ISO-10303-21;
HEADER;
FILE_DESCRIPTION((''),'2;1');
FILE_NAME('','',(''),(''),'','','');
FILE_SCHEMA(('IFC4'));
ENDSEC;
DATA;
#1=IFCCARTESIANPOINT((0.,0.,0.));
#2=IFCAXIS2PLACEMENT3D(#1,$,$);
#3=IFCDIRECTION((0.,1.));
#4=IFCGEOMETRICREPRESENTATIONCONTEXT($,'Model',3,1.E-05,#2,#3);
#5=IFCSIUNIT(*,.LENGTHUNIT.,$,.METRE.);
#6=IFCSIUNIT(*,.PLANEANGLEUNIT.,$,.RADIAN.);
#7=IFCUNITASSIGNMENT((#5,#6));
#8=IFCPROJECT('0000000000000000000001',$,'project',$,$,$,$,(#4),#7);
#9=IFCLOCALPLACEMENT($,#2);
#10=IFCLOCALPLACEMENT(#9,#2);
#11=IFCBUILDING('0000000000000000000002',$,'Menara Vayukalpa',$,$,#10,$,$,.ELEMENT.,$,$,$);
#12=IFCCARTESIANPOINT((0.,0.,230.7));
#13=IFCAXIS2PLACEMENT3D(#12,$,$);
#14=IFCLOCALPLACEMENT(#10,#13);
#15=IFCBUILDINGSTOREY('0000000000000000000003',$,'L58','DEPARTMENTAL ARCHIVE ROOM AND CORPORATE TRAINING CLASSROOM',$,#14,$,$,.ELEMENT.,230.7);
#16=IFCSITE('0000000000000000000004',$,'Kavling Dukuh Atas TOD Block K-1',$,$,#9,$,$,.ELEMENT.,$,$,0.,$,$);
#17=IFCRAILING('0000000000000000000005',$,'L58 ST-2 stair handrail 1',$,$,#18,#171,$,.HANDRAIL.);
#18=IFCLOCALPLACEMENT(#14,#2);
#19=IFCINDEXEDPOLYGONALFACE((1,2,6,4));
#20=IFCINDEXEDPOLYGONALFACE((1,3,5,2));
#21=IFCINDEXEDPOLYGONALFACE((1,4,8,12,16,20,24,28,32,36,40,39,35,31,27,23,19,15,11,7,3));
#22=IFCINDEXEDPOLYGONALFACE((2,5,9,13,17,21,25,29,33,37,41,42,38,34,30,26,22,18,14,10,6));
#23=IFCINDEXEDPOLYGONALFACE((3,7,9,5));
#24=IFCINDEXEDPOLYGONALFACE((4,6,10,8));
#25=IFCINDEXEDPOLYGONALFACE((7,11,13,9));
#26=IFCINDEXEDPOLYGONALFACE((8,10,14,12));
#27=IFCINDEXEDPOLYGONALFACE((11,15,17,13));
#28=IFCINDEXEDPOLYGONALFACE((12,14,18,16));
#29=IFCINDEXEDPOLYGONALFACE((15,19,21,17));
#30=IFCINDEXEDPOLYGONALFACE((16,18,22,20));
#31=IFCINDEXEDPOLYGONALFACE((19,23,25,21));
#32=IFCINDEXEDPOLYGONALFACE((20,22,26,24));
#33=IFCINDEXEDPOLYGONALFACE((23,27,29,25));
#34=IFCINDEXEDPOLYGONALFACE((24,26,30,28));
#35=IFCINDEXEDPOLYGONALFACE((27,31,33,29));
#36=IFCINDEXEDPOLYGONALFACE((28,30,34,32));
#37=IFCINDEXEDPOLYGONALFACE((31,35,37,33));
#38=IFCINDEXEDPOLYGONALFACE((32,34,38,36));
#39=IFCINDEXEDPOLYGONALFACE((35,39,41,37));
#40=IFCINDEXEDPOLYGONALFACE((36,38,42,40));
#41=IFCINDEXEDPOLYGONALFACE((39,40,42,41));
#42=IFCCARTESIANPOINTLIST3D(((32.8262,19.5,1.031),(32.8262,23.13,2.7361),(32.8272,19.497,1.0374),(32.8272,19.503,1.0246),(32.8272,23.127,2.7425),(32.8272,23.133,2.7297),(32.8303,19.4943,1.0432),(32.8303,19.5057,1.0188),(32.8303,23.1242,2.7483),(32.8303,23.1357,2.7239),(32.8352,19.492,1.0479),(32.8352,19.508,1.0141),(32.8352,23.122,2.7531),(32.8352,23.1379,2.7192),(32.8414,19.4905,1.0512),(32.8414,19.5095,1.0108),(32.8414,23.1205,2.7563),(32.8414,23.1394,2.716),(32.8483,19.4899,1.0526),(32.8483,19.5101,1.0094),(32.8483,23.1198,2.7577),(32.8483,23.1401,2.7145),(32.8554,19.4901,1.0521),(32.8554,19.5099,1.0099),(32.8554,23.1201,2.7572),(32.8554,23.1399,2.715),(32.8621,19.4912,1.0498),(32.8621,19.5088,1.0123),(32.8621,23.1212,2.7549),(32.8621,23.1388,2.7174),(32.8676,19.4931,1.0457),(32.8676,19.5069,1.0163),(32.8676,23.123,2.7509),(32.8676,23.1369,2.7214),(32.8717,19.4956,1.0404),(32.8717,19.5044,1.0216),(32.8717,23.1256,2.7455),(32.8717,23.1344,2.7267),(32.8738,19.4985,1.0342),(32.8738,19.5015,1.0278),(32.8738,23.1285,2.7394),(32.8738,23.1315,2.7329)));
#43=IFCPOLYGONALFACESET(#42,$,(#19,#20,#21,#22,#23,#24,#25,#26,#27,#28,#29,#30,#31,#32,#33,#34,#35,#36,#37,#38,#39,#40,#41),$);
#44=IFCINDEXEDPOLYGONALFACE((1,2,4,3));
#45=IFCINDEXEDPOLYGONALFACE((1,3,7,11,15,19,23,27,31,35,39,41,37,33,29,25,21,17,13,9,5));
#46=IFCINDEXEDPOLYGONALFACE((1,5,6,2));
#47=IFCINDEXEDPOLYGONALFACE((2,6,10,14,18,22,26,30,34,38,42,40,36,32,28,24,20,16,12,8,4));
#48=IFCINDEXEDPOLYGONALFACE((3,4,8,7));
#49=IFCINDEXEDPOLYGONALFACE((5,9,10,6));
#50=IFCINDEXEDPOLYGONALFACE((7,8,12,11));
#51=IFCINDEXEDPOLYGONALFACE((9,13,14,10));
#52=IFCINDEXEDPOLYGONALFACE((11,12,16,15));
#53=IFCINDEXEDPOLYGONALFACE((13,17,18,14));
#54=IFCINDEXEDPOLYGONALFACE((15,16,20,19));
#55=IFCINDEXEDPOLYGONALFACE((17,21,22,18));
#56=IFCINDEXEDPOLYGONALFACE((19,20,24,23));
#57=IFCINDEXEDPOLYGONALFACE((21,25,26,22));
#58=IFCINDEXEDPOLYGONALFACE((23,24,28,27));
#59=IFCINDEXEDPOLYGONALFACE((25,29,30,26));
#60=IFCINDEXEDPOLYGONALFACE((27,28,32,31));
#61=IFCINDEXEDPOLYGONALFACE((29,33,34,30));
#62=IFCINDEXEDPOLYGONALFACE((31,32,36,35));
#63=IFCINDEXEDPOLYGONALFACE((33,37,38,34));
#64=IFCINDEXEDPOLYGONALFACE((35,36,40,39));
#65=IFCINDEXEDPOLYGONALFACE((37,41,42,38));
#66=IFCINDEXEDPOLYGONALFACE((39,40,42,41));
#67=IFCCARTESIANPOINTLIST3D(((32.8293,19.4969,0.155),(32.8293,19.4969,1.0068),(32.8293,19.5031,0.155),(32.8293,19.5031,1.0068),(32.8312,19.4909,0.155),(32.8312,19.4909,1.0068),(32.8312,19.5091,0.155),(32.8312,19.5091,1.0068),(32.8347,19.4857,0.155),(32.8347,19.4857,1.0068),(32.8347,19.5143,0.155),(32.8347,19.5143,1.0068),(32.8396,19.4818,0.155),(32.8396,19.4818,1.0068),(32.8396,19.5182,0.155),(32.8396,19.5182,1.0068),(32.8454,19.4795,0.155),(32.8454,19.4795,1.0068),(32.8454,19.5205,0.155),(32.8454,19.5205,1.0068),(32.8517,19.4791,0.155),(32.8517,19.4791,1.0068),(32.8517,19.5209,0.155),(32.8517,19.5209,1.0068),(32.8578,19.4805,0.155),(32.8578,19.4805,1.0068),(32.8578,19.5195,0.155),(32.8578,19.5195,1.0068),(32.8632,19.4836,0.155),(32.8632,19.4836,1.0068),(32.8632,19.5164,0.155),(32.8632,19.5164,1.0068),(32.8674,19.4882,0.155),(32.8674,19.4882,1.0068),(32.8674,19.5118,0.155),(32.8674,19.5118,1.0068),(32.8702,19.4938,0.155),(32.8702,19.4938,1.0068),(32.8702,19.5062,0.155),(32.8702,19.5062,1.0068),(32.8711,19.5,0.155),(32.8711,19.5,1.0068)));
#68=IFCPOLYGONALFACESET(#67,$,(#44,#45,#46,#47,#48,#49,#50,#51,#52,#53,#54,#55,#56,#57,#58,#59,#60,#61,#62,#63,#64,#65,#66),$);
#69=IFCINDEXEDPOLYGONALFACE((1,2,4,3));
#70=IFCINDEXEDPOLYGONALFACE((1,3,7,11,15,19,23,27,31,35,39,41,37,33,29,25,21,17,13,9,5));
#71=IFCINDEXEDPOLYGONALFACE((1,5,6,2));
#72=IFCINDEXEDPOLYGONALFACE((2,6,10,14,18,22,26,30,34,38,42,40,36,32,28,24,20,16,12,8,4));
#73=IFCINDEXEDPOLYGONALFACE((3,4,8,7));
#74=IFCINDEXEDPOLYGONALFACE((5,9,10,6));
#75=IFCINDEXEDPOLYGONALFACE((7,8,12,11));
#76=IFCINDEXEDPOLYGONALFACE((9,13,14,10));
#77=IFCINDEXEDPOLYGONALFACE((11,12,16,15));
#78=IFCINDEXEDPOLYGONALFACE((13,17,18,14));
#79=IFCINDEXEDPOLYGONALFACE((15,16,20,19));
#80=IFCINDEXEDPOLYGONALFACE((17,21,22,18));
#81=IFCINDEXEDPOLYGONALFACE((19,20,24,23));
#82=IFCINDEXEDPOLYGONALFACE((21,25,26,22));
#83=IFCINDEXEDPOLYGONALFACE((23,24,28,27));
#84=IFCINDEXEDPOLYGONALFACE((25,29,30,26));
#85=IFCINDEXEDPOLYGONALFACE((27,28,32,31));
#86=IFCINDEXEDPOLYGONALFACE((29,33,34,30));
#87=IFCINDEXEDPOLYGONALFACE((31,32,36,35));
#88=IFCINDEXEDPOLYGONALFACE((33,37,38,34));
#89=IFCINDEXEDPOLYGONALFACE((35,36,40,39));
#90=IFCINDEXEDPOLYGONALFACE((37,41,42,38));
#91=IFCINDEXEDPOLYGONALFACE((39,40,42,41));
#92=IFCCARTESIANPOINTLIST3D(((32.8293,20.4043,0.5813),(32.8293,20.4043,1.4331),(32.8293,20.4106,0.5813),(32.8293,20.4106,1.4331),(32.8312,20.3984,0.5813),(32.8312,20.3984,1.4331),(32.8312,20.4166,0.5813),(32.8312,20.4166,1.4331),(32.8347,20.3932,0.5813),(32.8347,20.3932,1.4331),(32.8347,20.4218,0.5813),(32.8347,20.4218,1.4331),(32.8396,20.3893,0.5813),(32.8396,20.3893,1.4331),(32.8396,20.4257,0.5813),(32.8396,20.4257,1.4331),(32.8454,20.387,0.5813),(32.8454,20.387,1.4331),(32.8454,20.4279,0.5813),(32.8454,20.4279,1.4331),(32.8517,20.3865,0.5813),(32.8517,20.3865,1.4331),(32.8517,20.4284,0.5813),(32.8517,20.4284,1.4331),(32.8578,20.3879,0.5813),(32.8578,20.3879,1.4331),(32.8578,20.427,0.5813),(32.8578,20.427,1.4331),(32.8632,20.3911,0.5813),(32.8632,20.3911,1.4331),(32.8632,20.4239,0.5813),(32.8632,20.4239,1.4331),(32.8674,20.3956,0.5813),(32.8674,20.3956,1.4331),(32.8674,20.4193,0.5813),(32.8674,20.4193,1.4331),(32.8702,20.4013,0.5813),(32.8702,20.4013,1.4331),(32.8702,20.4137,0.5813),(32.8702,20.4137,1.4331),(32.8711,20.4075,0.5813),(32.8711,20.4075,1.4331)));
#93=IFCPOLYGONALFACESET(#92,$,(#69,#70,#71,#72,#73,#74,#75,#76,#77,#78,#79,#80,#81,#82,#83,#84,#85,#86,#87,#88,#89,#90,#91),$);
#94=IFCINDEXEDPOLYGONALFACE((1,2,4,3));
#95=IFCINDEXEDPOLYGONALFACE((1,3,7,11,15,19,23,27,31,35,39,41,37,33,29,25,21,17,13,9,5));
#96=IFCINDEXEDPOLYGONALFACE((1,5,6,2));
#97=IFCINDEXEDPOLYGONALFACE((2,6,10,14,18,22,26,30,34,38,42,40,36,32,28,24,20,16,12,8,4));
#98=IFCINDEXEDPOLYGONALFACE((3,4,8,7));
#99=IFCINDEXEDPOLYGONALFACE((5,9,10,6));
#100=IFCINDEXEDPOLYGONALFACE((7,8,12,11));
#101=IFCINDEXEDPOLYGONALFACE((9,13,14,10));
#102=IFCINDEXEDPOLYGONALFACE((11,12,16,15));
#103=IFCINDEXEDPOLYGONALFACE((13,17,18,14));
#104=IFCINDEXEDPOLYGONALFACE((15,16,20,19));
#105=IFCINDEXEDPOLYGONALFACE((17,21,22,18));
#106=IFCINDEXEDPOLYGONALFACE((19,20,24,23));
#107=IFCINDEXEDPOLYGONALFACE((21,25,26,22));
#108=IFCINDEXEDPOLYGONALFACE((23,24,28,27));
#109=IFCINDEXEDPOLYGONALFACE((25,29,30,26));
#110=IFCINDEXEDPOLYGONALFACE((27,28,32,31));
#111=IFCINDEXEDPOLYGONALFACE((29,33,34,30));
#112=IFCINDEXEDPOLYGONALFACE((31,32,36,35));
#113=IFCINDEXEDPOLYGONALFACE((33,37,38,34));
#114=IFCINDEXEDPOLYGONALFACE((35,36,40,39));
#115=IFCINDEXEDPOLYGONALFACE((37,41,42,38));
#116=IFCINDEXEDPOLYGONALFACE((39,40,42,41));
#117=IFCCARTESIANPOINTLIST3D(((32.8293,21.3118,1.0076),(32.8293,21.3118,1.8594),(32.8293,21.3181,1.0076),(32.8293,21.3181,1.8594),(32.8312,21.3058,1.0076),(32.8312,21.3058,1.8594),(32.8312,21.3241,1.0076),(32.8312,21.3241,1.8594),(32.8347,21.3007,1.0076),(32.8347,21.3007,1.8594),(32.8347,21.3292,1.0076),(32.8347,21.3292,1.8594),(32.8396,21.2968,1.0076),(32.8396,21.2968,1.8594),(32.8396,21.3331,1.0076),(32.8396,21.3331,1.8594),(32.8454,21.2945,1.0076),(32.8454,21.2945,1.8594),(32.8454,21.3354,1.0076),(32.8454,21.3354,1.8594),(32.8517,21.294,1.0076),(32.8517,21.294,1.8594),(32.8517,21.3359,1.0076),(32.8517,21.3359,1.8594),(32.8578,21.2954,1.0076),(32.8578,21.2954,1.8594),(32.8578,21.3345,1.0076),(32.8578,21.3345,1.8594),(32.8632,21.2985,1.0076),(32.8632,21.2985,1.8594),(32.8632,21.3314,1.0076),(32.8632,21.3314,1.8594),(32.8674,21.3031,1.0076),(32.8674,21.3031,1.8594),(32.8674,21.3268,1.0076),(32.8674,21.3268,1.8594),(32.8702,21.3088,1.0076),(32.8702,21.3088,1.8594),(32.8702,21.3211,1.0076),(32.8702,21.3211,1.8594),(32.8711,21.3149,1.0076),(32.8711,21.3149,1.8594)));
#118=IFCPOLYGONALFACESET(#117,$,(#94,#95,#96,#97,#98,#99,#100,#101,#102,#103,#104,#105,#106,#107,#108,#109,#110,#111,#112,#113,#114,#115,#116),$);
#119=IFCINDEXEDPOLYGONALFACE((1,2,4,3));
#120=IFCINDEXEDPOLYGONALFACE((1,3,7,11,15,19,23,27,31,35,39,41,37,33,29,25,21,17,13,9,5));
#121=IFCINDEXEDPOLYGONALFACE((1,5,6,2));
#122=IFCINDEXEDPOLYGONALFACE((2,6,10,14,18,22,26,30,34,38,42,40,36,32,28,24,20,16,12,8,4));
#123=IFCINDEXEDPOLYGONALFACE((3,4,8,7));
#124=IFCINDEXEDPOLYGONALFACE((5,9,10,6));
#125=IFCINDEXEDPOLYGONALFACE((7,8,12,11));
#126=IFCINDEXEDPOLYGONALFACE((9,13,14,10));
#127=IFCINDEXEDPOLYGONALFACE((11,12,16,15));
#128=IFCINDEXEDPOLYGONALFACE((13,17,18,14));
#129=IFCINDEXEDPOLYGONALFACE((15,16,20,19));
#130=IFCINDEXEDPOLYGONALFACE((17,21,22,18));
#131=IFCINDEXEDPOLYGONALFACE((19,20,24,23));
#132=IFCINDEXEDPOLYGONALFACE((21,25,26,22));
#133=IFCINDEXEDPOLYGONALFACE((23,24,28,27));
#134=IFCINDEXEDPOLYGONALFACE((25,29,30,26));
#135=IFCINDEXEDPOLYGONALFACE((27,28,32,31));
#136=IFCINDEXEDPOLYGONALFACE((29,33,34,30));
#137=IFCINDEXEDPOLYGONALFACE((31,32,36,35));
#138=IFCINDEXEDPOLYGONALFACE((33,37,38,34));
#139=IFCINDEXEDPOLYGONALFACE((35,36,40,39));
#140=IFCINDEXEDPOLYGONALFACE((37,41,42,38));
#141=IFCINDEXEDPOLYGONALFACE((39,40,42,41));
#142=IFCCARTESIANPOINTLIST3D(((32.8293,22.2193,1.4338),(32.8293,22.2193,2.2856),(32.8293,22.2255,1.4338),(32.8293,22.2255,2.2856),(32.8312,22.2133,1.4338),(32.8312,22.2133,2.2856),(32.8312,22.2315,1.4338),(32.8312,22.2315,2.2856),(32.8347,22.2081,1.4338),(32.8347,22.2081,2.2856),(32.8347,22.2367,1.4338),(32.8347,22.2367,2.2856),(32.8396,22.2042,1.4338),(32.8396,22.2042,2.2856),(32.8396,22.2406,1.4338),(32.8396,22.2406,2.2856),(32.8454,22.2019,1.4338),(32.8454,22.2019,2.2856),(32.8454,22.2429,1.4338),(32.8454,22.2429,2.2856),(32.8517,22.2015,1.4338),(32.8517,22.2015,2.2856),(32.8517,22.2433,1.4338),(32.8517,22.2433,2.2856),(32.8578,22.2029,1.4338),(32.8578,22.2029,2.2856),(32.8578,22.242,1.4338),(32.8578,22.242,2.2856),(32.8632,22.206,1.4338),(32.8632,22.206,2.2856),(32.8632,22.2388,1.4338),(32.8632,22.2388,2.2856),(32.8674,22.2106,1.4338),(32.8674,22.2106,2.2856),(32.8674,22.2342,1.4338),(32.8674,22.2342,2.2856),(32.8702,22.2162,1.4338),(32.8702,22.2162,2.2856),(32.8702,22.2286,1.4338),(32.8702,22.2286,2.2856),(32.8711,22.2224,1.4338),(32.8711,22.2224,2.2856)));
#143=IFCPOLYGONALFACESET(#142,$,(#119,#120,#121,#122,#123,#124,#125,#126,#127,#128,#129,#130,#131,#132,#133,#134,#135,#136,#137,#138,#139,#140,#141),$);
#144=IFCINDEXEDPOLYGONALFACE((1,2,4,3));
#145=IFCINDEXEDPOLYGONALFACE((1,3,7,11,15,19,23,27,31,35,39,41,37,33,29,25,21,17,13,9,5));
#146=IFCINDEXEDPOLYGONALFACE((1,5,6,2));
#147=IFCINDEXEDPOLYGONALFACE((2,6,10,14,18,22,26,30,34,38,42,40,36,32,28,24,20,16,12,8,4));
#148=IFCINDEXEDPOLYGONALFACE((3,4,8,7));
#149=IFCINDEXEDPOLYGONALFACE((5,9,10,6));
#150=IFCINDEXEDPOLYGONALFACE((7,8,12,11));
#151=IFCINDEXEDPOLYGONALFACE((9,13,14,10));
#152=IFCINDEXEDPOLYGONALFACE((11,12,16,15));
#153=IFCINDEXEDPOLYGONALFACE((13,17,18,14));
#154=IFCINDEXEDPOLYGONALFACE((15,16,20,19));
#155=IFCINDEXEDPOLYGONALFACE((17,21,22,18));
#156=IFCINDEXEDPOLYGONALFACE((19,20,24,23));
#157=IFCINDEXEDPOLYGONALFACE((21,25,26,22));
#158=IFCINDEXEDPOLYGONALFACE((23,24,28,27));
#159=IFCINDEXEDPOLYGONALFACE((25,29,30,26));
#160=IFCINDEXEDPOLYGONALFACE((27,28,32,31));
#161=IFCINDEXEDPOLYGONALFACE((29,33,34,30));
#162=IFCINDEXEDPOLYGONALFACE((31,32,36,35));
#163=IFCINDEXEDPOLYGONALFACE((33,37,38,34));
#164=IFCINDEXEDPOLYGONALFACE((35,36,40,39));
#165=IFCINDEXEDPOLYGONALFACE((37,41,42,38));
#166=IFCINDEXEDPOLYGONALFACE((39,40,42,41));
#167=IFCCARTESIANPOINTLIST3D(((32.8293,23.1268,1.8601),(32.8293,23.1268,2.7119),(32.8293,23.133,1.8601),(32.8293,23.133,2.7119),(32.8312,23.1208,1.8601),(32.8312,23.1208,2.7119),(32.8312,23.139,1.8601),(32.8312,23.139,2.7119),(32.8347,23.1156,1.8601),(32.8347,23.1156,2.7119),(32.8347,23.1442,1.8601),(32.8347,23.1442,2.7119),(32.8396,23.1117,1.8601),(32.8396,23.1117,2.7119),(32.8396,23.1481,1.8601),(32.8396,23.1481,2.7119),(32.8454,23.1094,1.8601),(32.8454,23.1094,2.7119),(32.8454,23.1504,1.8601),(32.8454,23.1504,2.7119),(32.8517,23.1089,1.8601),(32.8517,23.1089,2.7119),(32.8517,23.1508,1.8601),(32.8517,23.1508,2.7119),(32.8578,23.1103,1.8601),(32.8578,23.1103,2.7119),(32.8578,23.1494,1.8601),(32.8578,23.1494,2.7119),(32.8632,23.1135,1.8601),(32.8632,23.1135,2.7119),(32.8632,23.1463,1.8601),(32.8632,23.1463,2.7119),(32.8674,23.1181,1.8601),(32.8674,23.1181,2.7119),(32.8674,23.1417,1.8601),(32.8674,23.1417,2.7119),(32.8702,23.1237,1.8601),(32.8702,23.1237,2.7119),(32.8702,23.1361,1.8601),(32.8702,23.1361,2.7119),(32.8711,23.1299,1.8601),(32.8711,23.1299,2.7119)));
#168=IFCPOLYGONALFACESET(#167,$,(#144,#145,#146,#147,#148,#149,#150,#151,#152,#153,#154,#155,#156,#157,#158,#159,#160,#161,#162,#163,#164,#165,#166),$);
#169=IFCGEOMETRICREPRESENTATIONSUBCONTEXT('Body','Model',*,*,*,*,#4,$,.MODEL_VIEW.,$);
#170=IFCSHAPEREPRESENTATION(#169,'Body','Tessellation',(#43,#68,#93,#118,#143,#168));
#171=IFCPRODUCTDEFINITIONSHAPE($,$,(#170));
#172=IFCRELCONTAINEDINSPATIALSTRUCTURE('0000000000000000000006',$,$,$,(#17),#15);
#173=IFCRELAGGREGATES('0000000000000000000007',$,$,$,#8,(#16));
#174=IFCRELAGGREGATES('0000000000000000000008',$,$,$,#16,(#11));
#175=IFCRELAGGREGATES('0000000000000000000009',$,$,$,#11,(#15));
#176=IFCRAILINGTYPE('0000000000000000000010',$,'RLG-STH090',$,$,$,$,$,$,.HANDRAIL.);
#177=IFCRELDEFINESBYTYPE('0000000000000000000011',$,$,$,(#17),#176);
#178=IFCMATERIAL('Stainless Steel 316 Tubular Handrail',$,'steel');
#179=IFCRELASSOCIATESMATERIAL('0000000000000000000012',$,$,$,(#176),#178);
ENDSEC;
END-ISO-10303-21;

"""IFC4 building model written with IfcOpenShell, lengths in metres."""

from ifc_helpers import new_model, si_unit, direction, frame, origin, origin_2d, place, context, subcontext, project, spatial, circle, extrude, material, type_object, element, save


model = new_model("IFC4")

# Units and contexts
model_context = context("Model", 3, precision=1e-05, world=origin(), true_north=direction((0.0, 1.0)))
body_context = subcontext(model_context, "Body", "Model", "MODEL_VIEW")
ifc_project = project(units=[si_unit("LENGTHUNIT", "METRE"), si_unit("PLANEANGLEUNIT", "RADIAN")], contexts=[model_context])

# Site, building, storey
site_placement = place(None, origin())
site = spatial("IfcSite", under=ifc_project, at=site_placement, Name="Kavling Dukuh Atas TOD Block K-1", CompositionType="ELEMENT", RefElevation=0.0)
building_placement = place(site_placement, origin())
building = spatial("IfcBuilding", under=site, at=building_placement, Name="Menara Vayukalpa", CompositionType="ELEMENT")
storey_placement = place(building_placement, frame((0.0, 0.0, 230.7)))
storey = spatial("IfcBuildingStorey", under=building, at=storey_placement, Name="L58", Description="DEPARTMENTAL ARCHIVE ROOM AND CORPORATE TRAINING CLASSROOM", CompositionType="ELEMENT", Elevation=230.7)

# Railing
ifc_material_1 = material(Name="Stainless Steel 316 Tubular Handrail", Category="steel")
railing_type_1 = type_object("IfcRailingType", Name="RLG-STH090", PredefinedType="HANDRAIL", material=ifc_material_1)
railing_1_placement = place(storey_placement, frame((32.8501, 19.5, 0.155)))
element("IfcRailing", 1, at=railing_1_placement, inside=storey, type_object=railing_type_1, Name="L58 ST-2 stair handrail 1", PredefinedType="HANDRAIL", context=body_context, shape_type="SweptSolid", body=[
    extrude(circle(Radius=0.0239, at=origin_2d()), frame((0.0, 0.0, 0.876), z_axis=(0.0, 0.905116, 0.425164), x_axis=(-1.0, 0.0, 0.0)), (0.0, 0.0, 1.0), 4.0105),
    extrude(circle(Radius=0.021, at=origin_2d()), origin(), (0.0, 0.0, 1.0), 0.8518),
    extrude(circle(Radius=0.021, at=origin_2d()), frame((0.0, 0.9075, 0.4263)), (0.0, 0.0, 1.0), 0.8518),
    extrude(circle(Radius=0.021, at=origin_2d()), frame((0.0, 1.8149, 0.8525)), (0.0, 0.0, 1.0), 0.8518),
    extrude(circle(Radius=0.021, at=origin_2d()), frame((0.0, 2.7224, 1.2788)), (0.0, 0.0, 1.0), 0.8518),
    extrude(circle(Radius=0.021, at=origin_2d()), frame((0.0, 3.6299, 1.7051)), (0.0, 0.0, 1.0), 0.8518),
])

save(model, "model.ifc")
